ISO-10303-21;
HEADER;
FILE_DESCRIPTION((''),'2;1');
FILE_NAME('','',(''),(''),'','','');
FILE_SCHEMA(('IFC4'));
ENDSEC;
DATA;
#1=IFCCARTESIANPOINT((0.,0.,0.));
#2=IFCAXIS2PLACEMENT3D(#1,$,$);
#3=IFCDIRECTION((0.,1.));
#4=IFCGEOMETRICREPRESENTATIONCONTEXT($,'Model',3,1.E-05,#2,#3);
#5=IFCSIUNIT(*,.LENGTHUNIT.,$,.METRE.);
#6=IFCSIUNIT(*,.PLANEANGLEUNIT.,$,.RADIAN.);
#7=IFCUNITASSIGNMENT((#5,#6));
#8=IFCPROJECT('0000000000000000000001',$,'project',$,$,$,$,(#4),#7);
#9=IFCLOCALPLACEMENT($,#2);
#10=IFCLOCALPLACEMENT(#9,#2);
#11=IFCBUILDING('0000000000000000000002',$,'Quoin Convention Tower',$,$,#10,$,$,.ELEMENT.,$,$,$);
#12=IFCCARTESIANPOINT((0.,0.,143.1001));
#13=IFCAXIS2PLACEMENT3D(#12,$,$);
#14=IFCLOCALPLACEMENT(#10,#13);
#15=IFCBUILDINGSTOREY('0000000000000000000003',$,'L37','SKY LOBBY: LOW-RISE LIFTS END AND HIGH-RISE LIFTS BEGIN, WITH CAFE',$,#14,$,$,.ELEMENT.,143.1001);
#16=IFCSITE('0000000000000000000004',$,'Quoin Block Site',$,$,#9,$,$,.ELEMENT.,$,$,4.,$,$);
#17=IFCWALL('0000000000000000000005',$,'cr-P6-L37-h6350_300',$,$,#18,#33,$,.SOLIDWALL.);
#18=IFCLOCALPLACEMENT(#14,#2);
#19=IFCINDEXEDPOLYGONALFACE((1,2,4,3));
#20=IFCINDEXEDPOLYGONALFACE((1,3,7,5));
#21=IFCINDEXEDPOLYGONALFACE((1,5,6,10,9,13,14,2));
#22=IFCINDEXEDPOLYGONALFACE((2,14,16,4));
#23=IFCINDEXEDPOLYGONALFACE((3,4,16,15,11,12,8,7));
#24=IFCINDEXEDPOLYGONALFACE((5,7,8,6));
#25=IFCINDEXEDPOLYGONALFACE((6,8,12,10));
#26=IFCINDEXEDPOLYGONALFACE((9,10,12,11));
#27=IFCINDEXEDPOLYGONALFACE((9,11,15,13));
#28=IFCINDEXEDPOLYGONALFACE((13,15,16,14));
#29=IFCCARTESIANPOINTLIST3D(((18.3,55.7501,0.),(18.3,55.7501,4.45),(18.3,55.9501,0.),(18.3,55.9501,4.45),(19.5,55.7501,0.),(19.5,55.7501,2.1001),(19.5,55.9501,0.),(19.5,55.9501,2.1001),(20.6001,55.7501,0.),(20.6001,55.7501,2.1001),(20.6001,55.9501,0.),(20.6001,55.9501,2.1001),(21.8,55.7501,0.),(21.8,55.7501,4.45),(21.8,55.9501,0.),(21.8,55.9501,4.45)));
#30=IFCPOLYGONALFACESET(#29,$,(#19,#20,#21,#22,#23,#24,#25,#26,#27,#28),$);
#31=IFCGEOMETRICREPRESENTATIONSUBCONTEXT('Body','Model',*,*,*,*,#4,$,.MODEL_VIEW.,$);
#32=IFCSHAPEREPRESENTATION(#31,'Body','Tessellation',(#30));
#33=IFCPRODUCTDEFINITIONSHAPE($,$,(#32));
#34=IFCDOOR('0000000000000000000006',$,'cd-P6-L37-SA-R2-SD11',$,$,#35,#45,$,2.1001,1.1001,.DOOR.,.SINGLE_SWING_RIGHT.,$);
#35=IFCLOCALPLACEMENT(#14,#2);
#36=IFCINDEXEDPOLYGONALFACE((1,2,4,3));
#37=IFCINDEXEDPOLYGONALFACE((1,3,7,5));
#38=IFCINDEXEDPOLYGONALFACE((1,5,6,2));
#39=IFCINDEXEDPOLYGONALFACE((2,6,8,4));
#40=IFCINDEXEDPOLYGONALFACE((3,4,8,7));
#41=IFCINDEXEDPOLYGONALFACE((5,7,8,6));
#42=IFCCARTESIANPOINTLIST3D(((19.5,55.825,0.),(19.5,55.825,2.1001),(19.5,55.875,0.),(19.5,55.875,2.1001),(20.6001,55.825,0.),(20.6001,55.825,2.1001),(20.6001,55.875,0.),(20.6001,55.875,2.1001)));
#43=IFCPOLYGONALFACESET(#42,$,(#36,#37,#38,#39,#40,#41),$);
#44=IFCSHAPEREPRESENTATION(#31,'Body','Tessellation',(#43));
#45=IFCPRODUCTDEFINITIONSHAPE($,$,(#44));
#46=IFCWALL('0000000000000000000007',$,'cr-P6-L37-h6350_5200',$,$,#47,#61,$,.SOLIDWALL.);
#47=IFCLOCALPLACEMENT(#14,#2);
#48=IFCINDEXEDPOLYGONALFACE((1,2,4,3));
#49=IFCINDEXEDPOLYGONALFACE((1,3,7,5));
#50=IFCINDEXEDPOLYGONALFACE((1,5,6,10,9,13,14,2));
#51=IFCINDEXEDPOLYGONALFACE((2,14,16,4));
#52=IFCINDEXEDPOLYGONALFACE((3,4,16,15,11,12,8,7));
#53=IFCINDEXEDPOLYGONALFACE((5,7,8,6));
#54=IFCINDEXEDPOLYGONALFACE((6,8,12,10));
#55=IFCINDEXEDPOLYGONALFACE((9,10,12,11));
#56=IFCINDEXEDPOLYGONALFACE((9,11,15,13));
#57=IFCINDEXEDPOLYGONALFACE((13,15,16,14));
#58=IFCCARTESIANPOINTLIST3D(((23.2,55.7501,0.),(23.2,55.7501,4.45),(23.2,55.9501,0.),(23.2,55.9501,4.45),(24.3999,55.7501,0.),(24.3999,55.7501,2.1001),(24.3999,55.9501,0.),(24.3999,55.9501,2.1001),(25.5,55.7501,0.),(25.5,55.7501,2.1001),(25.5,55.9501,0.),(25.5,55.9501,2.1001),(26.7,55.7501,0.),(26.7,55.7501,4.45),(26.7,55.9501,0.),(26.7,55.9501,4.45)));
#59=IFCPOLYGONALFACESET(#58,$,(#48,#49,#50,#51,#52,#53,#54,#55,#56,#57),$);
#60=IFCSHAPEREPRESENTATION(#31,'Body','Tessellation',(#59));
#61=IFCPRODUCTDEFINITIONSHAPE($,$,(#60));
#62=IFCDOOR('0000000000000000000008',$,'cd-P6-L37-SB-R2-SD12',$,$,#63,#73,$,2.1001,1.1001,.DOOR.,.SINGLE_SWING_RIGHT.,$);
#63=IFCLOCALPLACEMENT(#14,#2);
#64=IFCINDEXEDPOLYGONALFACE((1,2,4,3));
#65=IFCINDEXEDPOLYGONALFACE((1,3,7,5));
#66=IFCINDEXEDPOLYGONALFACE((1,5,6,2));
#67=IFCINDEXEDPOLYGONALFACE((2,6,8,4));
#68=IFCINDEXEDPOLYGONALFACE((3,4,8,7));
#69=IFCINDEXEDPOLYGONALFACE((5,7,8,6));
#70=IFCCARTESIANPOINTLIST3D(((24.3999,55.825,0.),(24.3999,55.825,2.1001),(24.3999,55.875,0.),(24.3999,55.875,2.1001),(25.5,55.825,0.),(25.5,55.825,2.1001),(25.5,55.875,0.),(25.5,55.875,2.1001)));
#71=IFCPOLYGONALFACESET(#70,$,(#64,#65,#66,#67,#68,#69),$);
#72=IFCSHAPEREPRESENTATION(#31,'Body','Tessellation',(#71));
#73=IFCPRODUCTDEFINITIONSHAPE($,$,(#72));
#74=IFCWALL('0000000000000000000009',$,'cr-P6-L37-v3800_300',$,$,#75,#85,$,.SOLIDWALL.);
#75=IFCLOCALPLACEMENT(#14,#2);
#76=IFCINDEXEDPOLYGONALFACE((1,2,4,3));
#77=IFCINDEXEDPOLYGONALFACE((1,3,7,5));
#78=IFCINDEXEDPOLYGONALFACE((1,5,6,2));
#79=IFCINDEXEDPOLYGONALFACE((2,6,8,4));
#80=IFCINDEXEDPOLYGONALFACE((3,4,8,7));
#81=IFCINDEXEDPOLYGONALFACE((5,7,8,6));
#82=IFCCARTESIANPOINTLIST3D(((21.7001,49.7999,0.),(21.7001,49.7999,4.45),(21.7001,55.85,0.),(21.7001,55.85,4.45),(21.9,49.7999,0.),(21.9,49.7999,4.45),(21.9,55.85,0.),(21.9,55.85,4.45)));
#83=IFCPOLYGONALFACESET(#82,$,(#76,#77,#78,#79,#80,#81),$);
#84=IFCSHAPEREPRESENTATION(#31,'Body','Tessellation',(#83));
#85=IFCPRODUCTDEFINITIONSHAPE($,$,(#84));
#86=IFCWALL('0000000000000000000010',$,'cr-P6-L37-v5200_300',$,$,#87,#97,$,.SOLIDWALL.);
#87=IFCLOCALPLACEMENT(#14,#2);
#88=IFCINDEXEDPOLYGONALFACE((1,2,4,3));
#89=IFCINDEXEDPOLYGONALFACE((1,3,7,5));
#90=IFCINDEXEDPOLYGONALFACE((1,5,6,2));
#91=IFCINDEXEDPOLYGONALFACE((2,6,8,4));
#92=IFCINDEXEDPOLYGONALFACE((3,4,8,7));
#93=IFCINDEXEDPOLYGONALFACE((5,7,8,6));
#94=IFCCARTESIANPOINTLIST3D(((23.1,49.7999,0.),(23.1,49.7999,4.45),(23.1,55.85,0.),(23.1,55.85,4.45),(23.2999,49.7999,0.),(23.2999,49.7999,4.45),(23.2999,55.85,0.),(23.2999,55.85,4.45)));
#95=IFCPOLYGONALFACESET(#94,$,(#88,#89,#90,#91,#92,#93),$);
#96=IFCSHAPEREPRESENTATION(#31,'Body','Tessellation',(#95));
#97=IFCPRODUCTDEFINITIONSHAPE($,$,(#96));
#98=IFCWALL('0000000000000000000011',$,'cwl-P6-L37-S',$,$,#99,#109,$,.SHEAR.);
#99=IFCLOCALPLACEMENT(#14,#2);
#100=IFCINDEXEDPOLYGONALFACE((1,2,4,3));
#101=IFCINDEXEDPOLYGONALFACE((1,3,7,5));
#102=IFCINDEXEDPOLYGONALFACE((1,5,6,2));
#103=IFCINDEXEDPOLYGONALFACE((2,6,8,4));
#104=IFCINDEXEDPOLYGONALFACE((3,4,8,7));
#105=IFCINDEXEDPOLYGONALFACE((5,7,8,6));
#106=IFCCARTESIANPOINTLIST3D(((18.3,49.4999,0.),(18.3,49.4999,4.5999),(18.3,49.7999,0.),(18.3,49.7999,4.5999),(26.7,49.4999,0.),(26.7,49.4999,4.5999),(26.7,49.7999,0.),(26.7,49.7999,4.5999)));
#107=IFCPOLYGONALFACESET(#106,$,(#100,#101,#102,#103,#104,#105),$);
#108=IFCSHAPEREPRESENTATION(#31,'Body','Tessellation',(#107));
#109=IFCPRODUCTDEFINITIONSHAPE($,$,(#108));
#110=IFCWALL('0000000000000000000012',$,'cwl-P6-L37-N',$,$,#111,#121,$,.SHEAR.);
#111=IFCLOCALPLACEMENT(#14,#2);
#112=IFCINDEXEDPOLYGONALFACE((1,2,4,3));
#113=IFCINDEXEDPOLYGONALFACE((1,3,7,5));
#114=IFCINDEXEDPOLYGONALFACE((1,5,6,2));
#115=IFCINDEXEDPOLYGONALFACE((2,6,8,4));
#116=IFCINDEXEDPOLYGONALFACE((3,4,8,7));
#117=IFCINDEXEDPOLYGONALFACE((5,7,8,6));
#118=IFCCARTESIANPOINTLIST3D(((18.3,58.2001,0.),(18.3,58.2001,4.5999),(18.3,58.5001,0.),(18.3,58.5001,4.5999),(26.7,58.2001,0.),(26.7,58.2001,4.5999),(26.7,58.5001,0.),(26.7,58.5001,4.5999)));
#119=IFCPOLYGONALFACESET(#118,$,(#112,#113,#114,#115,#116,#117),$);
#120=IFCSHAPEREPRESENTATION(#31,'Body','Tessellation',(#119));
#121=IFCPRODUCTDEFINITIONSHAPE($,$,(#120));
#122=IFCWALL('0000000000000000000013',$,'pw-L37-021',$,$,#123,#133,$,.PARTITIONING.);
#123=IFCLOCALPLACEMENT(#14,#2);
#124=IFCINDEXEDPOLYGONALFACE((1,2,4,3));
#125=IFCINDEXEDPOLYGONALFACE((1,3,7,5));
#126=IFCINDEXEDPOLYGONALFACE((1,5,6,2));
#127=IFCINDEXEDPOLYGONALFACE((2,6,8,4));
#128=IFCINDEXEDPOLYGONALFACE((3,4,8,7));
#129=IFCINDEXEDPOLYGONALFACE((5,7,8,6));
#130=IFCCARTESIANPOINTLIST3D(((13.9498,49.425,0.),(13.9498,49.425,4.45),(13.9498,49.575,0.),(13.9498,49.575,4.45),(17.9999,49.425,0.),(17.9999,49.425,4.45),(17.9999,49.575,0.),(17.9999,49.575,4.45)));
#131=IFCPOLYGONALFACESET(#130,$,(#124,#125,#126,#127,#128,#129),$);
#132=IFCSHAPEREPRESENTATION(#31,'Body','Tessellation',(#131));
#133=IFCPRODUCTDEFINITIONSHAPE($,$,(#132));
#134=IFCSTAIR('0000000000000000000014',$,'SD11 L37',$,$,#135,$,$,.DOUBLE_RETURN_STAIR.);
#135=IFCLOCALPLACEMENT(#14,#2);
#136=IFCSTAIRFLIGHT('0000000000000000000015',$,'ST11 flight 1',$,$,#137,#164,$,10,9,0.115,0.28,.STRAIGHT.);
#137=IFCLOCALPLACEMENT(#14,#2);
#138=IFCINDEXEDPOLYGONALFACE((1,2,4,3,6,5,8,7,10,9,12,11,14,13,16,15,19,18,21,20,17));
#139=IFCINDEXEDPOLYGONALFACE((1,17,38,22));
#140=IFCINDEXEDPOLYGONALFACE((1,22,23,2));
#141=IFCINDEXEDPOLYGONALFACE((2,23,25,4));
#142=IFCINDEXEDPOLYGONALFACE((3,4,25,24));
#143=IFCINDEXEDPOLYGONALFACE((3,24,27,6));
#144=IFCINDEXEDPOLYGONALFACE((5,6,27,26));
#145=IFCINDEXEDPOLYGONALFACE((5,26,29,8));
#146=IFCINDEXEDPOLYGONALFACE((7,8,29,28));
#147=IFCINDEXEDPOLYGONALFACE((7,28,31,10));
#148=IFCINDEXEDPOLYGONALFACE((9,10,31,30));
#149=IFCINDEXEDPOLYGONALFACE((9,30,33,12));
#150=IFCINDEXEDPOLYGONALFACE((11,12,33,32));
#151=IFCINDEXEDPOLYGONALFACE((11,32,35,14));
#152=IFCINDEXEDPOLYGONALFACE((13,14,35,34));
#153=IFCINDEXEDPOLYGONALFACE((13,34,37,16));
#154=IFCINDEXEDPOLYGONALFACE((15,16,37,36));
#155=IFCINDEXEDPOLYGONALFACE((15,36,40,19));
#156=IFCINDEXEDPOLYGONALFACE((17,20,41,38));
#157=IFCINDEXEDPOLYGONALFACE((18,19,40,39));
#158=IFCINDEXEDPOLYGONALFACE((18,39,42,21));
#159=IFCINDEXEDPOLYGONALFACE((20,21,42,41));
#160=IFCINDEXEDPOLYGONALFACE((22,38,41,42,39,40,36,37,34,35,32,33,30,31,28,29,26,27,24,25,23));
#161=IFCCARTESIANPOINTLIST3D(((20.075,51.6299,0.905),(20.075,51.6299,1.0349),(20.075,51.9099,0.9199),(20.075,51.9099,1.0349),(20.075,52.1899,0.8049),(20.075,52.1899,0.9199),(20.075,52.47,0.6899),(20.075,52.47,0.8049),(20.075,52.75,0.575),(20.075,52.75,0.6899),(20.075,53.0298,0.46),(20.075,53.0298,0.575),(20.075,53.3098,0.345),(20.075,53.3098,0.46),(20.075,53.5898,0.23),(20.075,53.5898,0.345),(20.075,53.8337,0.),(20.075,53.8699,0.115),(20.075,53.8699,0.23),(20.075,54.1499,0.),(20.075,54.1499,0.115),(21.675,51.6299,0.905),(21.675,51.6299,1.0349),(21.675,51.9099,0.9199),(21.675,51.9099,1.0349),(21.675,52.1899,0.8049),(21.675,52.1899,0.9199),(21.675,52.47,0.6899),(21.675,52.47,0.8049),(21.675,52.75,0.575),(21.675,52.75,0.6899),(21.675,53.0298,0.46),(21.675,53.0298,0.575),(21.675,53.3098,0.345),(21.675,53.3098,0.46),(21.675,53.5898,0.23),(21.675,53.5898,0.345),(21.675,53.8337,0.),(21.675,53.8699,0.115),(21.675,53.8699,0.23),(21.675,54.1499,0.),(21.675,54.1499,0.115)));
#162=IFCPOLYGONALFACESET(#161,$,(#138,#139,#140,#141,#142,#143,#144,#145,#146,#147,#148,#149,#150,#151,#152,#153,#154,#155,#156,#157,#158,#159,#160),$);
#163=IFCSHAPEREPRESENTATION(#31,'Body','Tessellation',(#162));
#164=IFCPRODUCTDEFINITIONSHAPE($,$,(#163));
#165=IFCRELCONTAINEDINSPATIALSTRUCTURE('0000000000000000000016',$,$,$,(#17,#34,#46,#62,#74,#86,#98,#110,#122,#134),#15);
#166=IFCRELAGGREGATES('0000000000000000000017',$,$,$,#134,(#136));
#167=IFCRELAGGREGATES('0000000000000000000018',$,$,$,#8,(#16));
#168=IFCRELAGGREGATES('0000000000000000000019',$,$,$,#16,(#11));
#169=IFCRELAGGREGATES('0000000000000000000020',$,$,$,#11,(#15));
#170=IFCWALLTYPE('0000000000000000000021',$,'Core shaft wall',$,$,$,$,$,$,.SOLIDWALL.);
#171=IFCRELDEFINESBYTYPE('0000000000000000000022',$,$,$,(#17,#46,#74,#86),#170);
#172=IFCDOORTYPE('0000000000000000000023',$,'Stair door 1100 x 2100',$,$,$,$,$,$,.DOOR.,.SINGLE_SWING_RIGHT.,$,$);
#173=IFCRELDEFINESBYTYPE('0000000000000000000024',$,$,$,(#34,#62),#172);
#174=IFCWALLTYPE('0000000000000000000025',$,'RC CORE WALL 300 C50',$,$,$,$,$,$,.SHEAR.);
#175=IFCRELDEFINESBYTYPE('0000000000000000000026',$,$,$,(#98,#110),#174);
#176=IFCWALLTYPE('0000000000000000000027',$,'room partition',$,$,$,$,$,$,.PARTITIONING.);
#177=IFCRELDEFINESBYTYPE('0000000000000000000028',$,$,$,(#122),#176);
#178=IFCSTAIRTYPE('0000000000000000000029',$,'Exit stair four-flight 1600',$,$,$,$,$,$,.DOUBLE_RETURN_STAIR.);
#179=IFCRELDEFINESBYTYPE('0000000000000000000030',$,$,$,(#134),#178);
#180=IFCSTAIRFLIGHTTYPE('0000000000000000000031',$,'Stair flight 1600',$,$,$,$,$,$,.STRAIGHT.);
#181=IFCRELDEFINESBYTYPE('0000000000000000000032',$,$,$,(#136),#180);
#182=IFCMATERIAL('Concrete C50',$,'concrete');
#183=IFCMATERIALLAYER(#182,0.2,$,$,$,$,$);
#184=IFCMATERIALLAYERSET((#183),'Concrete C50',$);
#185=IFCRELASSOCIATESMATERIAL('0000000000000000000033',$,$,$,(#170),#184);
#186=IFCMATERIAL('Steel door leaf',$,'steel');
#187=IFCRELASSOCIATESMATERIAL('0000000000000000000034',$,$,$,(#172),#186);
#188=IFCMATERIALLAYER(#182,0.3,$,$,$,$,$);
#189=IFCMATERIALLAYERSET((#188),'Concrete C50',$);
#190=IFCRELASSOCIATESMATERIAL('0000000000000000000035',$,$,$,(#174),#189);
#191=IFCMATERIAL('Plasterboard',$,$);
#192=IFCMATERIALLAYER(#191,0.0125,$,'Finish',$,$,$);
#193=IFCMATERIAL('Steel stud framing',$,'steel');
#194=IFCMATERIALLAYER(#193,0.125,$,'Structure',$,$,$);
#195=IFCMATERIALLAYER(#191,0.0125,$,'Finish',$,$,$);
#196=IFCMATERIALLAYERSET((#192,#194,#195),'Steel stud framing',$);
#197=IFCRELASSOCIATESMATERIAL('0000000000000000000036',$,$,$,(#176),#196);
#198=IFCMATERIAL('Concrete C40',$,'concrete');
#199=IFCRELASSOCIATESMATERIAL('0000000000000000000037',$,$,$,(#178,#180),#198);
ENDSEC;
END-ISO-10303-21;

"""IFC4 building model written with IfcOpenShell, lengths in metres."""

from ifc_helpers import new_model, si_unit, direction, frame, frame_2d, origin, place, context, subcontext, project, spatial, polyline, rectangle, outline, extrude, material, layer, layer_set, type_object, element, fill, aggregate, save


model = new_model("IFC4")

# Units and contexts
model_context = context("Model", 3, precision=1e-05, world=origin(), true_north=direction((0.0, 1.0)))
body_context = subcontext(model_context, "Body", "Model", "MODEL_VIEW")
ifc_project = project(units=[si_unit("LENGTHUNIT", "METRE"), si_unit("PLANEANGLEUNIT", "RADIAN")], contexts=[model_context])

# Site, building, storey
site_placement = place(None, origin())
site = spatial("IfcSite", under=ifc_project, at=site_placement, Name="Quoin Block Site", CompositionType="ELEMENT", RefElevation=4.0)
building_placement = place(site_placement, origin())
building = spatial("IfcBuilding", under=site, at=building_placement, Name="Quoin Convention Tower", CompositionType="ELEMENT")
storey_placement = place(building_placement, frame((0.0, 0.0, 143.1001)))
storey = spatial("IfcBuildingStorey", under=building, at=storey_placement, Name="L37", Description="SKY LOBBY: LOW-RISE LIFTS END AND HIGH-RISE LIFTS BEGIN, WITH CAFE", CompositionType="ELEMENT", Elevation=143.1001)

# Shared definitions
ifc_material_1 = material(Name="Concrete C50", Category="concrete")

# Shared definitions
ifc_layer_1 = layer(ifc_material_1, 0.2)
ifc_layer_set_1 = layer_set([ifc_layer_1], Name="Concrete C50")
wall_type_1 = type_object("IfcWallType", Name="Core shaft wall", PredefinedType="SOLIDWALL", material=ifc_layer_set_1)

# Walls, openings, doors
wall_1_placement = place(storey_placement, frame((18.3, 55.8501, 0.0), z_axis=(0.0, 0.0, 1.0), x_axis=(1.0, 0.0, 0.0)))
wall_1 = element("IfcWall", 1, at=wall_1_placement, inside=storey, type_object=wall_type_1, Name="cr-P6-L37-h6350_300", PredefinedType="SOLIDWALL", context=body_context, shape_type="SweptSolid", body=[
    extrude(rectangle(XDim=3.5, YDim=0.2, at=frame_2d((1.75, 0.0))), origin(), (0.0, 0.0, 1.0), 4.45),
])
opening_1_placement = place(wall_1_placement, frame((1.2, 0.0, 0.0)))
opening_1 = element("IfcOpeningElement", 2, at=opening_1_placement, cuts=wall_1, PredefinedType="OPENING", context=body_context, shape_type="SweptSolid", body=[
    extrude(rectangle(XDim=1.1001, YDim=2.1001, at=frame_2d((0.55, 1.05))), frame((0.0, 0.1099, 0.0), z_axis=(0.0, -1.0, 0.0), x_axis=(1.0, 0.0, 0.0)), (0.0, 0.0, 1.0), 0.22),
])
ifc_material_2 = material(Name="Steel door leaf", Category="steel")
door_type = type_object("IfcDoorType", Name="Stair door 1100 x 2100", OperationType="SINGLE_SWING_RIGHT", PredefinedType="DOOR", material=ifc_material_2)
door_1_placement = place(opening_1_placement, origin())
door_1 = element("IfcDoor", 3, at=door_1_placement, inside=storey, type_object=door_type, Name="cd-P6-L37-SA-R2-SD11", OperationType="SINGLE_SWING_RIGHT", OverallHeight=2.1001, OverallWidth=1.1001, PredefinedType="DOOR", context=body_context, shape_type="SweptSolid", body=[
    extrude(rectangle(XDim=1.1001, YDim=2.1001, at=frame_2d((0.55, 1.05))), frame((0.0, 0.0249, 0.0), z_axis=(0.0, -1.0, 0.0), x_axis=(1.0, 0.0, 0.0)), (0.0, 0.0, 1.0), 0.05),
])
fill(opening_1, door_1)
wall_2_placement = place(storey_placement, frame((23.2, 55.8501, 0.0), z_axis=(0.0, 0.0, 1.0), x_axis=(1.0, 0.0, 0.0)))
wall_2 = element("IfcWall", 4, at=wall_2_placement, inside=storey, type_object=wall_type_1, Name="cr-P6-L37-h6350_5200", PredefinedType="SOLIDWALL", context=body_context, shape_type="SweptSolid", body=[
    extrude(rectangle(XDim=3.5, YDim=0.2, at=frame_2d((1.75, 0.0))), origin(), (0.0, 0.0, 1.0), 4.45),
])
opening_2_placement = place(wall_2_placement, frame((1.2, 0.0, 0.0)))
opening_2 = element("IfcOpeningElement", 5, at=opening_2_placement, cuts=wall_2, PredefinedType="OPENING", context=body_context, shape_type="SweptSolid", body=[
    extrude(rectangle(XDim=1.1001, YDim=2.1001, at=frame_2d((0.55, 1.05))), frame((0.0, 0.1099, 0.0), z_axis=(0.0, -1.0, 0.0), x_axis=(1.0, 0.0, 0.0)), (0.0, 0.0, 1.0), 0.22),
])
door_2_placement = place(opening_2_placement, origin())
door_2 = element("IfcDoor", 6, at=door_2_placement, inside=storey, type_object=door_type, Name="cd-P6-L37-SB-R2-SD12", OperationType="SINGLE_SWING_RIGHT", OverallHeight=2.1001, OverallWidth=1.1001, PredefinedType="DOOR", context=body_context, shape_type="SweptSolid", body=[
    extrude(rectangle(XDim=1.1001, YDim=2.1001, at=frame_2d((0.55, 1.05))), frame((0.0, 0.0249, 0.0), z_axis=(0.0, -1.0, 0.0), x_axis=(1.0, 0.0, 0.0)), (0.0, 0.0, 1.0), 0.05),
])
fill(opening_2, door_2)

# Walls
for number, where, z_axis, x_axis, name in (
    (7, (21.8, 49.8, 0.0), (0.0, 0.0, 1.0), (0.0, 1.0, 0.0), "cr-P6-L37-v3800_300"),
    (8, (23.2, 49.8, 0.0), (0.0, 0.0, 1.0), (0.0, 1.0, 0.0), "cr-P6-L37-v5200_300"),
):
    element("IfcWall", number, at=place(storey_placement, frame(where, z_axis=z_axis, x_axis=x_axis)), inside=storey, type_object=wall_type_1, Name=name, PredefinedType="SOLIDWALL", context=body_context, shape_type="SweptSolid", body=[
        extrude(rectangle(XDim=6.05, YDim=0.2, at=frame_2d((3.0249, 0.0))), origin(), (0.0, 0.0, 1.0), 4.45),
    ])
ifc_layer_2 = layer(ifc_material_1, 0.3)
ifc_layer_set_2 = layer_set([ifc_layer_2], Name="Concrete C50")
wall_type_2 = type_object("IfcWallType", Name="RC CORE WALL 300 C50", PredefinedType="SHEAR", material=ifc_layer_set_2)
for number, where, z_axis, x_axis, name in (
    (9, (18.3, 49.6499, 0.0), (0.0, 0.0, 1.0), (1.0, 0.0, 0.0), "cwl-P6-L37-S"),
    (10, (18.3, 58.3501, 0.0), (0.0, 0.0, 1.0), (1.0, 0.0, 0.0), "cwl-P6-L37-N"),
):
    element("IfcWall", number, at=place(storey_placement, frame(where, z_axis=z_axis, x_axis=x_axis)), inside=storey, type_object=wall_type_2, Name=name, PredefinedType="SHEAR", context=body_context, shape_type="SweptSolid", body=[
        extrude(rectangle(XDim=8.3999, YDim=0.3, at=frame_2d((4.2, 0.0))), origin(), (0.0, 0.0, 1.0), 4.5999),
    ])
ifc_material_3 = material(Name="Plasterboard")
ifc_layer_3 = layer(ifc_material_3, 0.0125, Name="Finish")
ifc_material_4 = material(Name="Steel stud framing", Category="steel")
ifc_layer_4 = layer(ifc_material_4, 0.125, Name="Structure")
ifc_layer_5 = layer(ifc_material_3, 0.0125, Name="Finish")
ifc_layer_set_3 = layer_set([ifc_layer_3, ifc_layer_4, ifc_layer_5], Name="Steel stud framing")
wall_type_3 = type_object("IfcWallType", Name="room partition", PredefinedType="PARTITIONING", material=ifc_layer_set_3)
wall_3_placement = place(storey_placement, frame((13.95, 49.5, 0.0), z_axis=(0.0, 0.0, 1.0), x_axis=(1.0, 0.0, 0.0)))
element("IfcWall", 11, at=wall_3_placement, inside=storey, type_object=wall_type_3, Name="pw-L37-021", PredefinedType="PARTITIONING", context=body_context, shape_type="SweptSolid", body=[
    extrude(rectangle(XDim=4.05, YDim=0.1499, at=frame_2d((2.0249, 0.0))), origin(), (0.0, 0.0, 1.0), 4.45),
])

# Stair, stair flight
ifc_material_5 = material(Name="Concrete C40", Category="concrete")
stair_type = type_object("IfcStairType", Name="Exit stair four-flight 1600", PredefinedType="DOUBLE_RETURN_STAIR", material=ifc_material_5)
stair_placement = place(storey_placement, origin())
stair = element("IfcStair", 12, at=stair_placement, inside=storey, type_object=stair_type, Name="SD11 L37", PredefinedType="DOUBLE_RETURN_STAIR")
stair_flight_type = type_object("IfcStairFlightType", Name="Stair flight 1600", PredefinedType="STRAIGHT", material=ifc_material_5)
stair_flight_1_placement = place(storey_placement, frame((20.875, 54.1499, 0.0), z_axis=(0.0, 0.0, 1.0), x_axis=(0.0, -1.0, 0.0)))
stair_flight_1 = element("IfcStairFlight", 13, at=stair_flight_1_placement, type_object=stair_flight_type, Name="ST11 flight 1", NumberOfRisers=10, NumberOfTreads=9, PredefinedType="STRAIGHT", RiserHeight=0.115, TreadLength=0.28, context=body_context, shape_type="SweptSolid", body=[
    extrude(outline(polyline([(0.0, 0.0), (0.0, 0.115), (0.28, 0.115), (0.28, 0.23), (0.5601, 0.23), (0.5601, 0.345), (0.8401, 0.345), (0.8401, 0.46), (1.1201, 0.46), (1.1201, 0.575), (1.3999, 0.575), (1.3999, 0.6899), (1.6799, 0.6899), (1.6799, 0.8049), (1.96, 0.8049), (1.96, 0.9199), (2.24, 0.9199), (2.24, 1.0349), (2.52, 1.0349), (2.52, 1.1499), (2.52, 0.905), (0.3162, 0.0), (0.0, 0.0)])), frame((0.0, 0.8, 0.0), z_axis=(0.0, -1.0, 0.0), x_axis=(1.0, 0.0, 0.0)), (0.0, 0.0, 1.0), 1.6001),
])
aggregate(stair, [stair_flight_1])

save(model, "model.ifc")
